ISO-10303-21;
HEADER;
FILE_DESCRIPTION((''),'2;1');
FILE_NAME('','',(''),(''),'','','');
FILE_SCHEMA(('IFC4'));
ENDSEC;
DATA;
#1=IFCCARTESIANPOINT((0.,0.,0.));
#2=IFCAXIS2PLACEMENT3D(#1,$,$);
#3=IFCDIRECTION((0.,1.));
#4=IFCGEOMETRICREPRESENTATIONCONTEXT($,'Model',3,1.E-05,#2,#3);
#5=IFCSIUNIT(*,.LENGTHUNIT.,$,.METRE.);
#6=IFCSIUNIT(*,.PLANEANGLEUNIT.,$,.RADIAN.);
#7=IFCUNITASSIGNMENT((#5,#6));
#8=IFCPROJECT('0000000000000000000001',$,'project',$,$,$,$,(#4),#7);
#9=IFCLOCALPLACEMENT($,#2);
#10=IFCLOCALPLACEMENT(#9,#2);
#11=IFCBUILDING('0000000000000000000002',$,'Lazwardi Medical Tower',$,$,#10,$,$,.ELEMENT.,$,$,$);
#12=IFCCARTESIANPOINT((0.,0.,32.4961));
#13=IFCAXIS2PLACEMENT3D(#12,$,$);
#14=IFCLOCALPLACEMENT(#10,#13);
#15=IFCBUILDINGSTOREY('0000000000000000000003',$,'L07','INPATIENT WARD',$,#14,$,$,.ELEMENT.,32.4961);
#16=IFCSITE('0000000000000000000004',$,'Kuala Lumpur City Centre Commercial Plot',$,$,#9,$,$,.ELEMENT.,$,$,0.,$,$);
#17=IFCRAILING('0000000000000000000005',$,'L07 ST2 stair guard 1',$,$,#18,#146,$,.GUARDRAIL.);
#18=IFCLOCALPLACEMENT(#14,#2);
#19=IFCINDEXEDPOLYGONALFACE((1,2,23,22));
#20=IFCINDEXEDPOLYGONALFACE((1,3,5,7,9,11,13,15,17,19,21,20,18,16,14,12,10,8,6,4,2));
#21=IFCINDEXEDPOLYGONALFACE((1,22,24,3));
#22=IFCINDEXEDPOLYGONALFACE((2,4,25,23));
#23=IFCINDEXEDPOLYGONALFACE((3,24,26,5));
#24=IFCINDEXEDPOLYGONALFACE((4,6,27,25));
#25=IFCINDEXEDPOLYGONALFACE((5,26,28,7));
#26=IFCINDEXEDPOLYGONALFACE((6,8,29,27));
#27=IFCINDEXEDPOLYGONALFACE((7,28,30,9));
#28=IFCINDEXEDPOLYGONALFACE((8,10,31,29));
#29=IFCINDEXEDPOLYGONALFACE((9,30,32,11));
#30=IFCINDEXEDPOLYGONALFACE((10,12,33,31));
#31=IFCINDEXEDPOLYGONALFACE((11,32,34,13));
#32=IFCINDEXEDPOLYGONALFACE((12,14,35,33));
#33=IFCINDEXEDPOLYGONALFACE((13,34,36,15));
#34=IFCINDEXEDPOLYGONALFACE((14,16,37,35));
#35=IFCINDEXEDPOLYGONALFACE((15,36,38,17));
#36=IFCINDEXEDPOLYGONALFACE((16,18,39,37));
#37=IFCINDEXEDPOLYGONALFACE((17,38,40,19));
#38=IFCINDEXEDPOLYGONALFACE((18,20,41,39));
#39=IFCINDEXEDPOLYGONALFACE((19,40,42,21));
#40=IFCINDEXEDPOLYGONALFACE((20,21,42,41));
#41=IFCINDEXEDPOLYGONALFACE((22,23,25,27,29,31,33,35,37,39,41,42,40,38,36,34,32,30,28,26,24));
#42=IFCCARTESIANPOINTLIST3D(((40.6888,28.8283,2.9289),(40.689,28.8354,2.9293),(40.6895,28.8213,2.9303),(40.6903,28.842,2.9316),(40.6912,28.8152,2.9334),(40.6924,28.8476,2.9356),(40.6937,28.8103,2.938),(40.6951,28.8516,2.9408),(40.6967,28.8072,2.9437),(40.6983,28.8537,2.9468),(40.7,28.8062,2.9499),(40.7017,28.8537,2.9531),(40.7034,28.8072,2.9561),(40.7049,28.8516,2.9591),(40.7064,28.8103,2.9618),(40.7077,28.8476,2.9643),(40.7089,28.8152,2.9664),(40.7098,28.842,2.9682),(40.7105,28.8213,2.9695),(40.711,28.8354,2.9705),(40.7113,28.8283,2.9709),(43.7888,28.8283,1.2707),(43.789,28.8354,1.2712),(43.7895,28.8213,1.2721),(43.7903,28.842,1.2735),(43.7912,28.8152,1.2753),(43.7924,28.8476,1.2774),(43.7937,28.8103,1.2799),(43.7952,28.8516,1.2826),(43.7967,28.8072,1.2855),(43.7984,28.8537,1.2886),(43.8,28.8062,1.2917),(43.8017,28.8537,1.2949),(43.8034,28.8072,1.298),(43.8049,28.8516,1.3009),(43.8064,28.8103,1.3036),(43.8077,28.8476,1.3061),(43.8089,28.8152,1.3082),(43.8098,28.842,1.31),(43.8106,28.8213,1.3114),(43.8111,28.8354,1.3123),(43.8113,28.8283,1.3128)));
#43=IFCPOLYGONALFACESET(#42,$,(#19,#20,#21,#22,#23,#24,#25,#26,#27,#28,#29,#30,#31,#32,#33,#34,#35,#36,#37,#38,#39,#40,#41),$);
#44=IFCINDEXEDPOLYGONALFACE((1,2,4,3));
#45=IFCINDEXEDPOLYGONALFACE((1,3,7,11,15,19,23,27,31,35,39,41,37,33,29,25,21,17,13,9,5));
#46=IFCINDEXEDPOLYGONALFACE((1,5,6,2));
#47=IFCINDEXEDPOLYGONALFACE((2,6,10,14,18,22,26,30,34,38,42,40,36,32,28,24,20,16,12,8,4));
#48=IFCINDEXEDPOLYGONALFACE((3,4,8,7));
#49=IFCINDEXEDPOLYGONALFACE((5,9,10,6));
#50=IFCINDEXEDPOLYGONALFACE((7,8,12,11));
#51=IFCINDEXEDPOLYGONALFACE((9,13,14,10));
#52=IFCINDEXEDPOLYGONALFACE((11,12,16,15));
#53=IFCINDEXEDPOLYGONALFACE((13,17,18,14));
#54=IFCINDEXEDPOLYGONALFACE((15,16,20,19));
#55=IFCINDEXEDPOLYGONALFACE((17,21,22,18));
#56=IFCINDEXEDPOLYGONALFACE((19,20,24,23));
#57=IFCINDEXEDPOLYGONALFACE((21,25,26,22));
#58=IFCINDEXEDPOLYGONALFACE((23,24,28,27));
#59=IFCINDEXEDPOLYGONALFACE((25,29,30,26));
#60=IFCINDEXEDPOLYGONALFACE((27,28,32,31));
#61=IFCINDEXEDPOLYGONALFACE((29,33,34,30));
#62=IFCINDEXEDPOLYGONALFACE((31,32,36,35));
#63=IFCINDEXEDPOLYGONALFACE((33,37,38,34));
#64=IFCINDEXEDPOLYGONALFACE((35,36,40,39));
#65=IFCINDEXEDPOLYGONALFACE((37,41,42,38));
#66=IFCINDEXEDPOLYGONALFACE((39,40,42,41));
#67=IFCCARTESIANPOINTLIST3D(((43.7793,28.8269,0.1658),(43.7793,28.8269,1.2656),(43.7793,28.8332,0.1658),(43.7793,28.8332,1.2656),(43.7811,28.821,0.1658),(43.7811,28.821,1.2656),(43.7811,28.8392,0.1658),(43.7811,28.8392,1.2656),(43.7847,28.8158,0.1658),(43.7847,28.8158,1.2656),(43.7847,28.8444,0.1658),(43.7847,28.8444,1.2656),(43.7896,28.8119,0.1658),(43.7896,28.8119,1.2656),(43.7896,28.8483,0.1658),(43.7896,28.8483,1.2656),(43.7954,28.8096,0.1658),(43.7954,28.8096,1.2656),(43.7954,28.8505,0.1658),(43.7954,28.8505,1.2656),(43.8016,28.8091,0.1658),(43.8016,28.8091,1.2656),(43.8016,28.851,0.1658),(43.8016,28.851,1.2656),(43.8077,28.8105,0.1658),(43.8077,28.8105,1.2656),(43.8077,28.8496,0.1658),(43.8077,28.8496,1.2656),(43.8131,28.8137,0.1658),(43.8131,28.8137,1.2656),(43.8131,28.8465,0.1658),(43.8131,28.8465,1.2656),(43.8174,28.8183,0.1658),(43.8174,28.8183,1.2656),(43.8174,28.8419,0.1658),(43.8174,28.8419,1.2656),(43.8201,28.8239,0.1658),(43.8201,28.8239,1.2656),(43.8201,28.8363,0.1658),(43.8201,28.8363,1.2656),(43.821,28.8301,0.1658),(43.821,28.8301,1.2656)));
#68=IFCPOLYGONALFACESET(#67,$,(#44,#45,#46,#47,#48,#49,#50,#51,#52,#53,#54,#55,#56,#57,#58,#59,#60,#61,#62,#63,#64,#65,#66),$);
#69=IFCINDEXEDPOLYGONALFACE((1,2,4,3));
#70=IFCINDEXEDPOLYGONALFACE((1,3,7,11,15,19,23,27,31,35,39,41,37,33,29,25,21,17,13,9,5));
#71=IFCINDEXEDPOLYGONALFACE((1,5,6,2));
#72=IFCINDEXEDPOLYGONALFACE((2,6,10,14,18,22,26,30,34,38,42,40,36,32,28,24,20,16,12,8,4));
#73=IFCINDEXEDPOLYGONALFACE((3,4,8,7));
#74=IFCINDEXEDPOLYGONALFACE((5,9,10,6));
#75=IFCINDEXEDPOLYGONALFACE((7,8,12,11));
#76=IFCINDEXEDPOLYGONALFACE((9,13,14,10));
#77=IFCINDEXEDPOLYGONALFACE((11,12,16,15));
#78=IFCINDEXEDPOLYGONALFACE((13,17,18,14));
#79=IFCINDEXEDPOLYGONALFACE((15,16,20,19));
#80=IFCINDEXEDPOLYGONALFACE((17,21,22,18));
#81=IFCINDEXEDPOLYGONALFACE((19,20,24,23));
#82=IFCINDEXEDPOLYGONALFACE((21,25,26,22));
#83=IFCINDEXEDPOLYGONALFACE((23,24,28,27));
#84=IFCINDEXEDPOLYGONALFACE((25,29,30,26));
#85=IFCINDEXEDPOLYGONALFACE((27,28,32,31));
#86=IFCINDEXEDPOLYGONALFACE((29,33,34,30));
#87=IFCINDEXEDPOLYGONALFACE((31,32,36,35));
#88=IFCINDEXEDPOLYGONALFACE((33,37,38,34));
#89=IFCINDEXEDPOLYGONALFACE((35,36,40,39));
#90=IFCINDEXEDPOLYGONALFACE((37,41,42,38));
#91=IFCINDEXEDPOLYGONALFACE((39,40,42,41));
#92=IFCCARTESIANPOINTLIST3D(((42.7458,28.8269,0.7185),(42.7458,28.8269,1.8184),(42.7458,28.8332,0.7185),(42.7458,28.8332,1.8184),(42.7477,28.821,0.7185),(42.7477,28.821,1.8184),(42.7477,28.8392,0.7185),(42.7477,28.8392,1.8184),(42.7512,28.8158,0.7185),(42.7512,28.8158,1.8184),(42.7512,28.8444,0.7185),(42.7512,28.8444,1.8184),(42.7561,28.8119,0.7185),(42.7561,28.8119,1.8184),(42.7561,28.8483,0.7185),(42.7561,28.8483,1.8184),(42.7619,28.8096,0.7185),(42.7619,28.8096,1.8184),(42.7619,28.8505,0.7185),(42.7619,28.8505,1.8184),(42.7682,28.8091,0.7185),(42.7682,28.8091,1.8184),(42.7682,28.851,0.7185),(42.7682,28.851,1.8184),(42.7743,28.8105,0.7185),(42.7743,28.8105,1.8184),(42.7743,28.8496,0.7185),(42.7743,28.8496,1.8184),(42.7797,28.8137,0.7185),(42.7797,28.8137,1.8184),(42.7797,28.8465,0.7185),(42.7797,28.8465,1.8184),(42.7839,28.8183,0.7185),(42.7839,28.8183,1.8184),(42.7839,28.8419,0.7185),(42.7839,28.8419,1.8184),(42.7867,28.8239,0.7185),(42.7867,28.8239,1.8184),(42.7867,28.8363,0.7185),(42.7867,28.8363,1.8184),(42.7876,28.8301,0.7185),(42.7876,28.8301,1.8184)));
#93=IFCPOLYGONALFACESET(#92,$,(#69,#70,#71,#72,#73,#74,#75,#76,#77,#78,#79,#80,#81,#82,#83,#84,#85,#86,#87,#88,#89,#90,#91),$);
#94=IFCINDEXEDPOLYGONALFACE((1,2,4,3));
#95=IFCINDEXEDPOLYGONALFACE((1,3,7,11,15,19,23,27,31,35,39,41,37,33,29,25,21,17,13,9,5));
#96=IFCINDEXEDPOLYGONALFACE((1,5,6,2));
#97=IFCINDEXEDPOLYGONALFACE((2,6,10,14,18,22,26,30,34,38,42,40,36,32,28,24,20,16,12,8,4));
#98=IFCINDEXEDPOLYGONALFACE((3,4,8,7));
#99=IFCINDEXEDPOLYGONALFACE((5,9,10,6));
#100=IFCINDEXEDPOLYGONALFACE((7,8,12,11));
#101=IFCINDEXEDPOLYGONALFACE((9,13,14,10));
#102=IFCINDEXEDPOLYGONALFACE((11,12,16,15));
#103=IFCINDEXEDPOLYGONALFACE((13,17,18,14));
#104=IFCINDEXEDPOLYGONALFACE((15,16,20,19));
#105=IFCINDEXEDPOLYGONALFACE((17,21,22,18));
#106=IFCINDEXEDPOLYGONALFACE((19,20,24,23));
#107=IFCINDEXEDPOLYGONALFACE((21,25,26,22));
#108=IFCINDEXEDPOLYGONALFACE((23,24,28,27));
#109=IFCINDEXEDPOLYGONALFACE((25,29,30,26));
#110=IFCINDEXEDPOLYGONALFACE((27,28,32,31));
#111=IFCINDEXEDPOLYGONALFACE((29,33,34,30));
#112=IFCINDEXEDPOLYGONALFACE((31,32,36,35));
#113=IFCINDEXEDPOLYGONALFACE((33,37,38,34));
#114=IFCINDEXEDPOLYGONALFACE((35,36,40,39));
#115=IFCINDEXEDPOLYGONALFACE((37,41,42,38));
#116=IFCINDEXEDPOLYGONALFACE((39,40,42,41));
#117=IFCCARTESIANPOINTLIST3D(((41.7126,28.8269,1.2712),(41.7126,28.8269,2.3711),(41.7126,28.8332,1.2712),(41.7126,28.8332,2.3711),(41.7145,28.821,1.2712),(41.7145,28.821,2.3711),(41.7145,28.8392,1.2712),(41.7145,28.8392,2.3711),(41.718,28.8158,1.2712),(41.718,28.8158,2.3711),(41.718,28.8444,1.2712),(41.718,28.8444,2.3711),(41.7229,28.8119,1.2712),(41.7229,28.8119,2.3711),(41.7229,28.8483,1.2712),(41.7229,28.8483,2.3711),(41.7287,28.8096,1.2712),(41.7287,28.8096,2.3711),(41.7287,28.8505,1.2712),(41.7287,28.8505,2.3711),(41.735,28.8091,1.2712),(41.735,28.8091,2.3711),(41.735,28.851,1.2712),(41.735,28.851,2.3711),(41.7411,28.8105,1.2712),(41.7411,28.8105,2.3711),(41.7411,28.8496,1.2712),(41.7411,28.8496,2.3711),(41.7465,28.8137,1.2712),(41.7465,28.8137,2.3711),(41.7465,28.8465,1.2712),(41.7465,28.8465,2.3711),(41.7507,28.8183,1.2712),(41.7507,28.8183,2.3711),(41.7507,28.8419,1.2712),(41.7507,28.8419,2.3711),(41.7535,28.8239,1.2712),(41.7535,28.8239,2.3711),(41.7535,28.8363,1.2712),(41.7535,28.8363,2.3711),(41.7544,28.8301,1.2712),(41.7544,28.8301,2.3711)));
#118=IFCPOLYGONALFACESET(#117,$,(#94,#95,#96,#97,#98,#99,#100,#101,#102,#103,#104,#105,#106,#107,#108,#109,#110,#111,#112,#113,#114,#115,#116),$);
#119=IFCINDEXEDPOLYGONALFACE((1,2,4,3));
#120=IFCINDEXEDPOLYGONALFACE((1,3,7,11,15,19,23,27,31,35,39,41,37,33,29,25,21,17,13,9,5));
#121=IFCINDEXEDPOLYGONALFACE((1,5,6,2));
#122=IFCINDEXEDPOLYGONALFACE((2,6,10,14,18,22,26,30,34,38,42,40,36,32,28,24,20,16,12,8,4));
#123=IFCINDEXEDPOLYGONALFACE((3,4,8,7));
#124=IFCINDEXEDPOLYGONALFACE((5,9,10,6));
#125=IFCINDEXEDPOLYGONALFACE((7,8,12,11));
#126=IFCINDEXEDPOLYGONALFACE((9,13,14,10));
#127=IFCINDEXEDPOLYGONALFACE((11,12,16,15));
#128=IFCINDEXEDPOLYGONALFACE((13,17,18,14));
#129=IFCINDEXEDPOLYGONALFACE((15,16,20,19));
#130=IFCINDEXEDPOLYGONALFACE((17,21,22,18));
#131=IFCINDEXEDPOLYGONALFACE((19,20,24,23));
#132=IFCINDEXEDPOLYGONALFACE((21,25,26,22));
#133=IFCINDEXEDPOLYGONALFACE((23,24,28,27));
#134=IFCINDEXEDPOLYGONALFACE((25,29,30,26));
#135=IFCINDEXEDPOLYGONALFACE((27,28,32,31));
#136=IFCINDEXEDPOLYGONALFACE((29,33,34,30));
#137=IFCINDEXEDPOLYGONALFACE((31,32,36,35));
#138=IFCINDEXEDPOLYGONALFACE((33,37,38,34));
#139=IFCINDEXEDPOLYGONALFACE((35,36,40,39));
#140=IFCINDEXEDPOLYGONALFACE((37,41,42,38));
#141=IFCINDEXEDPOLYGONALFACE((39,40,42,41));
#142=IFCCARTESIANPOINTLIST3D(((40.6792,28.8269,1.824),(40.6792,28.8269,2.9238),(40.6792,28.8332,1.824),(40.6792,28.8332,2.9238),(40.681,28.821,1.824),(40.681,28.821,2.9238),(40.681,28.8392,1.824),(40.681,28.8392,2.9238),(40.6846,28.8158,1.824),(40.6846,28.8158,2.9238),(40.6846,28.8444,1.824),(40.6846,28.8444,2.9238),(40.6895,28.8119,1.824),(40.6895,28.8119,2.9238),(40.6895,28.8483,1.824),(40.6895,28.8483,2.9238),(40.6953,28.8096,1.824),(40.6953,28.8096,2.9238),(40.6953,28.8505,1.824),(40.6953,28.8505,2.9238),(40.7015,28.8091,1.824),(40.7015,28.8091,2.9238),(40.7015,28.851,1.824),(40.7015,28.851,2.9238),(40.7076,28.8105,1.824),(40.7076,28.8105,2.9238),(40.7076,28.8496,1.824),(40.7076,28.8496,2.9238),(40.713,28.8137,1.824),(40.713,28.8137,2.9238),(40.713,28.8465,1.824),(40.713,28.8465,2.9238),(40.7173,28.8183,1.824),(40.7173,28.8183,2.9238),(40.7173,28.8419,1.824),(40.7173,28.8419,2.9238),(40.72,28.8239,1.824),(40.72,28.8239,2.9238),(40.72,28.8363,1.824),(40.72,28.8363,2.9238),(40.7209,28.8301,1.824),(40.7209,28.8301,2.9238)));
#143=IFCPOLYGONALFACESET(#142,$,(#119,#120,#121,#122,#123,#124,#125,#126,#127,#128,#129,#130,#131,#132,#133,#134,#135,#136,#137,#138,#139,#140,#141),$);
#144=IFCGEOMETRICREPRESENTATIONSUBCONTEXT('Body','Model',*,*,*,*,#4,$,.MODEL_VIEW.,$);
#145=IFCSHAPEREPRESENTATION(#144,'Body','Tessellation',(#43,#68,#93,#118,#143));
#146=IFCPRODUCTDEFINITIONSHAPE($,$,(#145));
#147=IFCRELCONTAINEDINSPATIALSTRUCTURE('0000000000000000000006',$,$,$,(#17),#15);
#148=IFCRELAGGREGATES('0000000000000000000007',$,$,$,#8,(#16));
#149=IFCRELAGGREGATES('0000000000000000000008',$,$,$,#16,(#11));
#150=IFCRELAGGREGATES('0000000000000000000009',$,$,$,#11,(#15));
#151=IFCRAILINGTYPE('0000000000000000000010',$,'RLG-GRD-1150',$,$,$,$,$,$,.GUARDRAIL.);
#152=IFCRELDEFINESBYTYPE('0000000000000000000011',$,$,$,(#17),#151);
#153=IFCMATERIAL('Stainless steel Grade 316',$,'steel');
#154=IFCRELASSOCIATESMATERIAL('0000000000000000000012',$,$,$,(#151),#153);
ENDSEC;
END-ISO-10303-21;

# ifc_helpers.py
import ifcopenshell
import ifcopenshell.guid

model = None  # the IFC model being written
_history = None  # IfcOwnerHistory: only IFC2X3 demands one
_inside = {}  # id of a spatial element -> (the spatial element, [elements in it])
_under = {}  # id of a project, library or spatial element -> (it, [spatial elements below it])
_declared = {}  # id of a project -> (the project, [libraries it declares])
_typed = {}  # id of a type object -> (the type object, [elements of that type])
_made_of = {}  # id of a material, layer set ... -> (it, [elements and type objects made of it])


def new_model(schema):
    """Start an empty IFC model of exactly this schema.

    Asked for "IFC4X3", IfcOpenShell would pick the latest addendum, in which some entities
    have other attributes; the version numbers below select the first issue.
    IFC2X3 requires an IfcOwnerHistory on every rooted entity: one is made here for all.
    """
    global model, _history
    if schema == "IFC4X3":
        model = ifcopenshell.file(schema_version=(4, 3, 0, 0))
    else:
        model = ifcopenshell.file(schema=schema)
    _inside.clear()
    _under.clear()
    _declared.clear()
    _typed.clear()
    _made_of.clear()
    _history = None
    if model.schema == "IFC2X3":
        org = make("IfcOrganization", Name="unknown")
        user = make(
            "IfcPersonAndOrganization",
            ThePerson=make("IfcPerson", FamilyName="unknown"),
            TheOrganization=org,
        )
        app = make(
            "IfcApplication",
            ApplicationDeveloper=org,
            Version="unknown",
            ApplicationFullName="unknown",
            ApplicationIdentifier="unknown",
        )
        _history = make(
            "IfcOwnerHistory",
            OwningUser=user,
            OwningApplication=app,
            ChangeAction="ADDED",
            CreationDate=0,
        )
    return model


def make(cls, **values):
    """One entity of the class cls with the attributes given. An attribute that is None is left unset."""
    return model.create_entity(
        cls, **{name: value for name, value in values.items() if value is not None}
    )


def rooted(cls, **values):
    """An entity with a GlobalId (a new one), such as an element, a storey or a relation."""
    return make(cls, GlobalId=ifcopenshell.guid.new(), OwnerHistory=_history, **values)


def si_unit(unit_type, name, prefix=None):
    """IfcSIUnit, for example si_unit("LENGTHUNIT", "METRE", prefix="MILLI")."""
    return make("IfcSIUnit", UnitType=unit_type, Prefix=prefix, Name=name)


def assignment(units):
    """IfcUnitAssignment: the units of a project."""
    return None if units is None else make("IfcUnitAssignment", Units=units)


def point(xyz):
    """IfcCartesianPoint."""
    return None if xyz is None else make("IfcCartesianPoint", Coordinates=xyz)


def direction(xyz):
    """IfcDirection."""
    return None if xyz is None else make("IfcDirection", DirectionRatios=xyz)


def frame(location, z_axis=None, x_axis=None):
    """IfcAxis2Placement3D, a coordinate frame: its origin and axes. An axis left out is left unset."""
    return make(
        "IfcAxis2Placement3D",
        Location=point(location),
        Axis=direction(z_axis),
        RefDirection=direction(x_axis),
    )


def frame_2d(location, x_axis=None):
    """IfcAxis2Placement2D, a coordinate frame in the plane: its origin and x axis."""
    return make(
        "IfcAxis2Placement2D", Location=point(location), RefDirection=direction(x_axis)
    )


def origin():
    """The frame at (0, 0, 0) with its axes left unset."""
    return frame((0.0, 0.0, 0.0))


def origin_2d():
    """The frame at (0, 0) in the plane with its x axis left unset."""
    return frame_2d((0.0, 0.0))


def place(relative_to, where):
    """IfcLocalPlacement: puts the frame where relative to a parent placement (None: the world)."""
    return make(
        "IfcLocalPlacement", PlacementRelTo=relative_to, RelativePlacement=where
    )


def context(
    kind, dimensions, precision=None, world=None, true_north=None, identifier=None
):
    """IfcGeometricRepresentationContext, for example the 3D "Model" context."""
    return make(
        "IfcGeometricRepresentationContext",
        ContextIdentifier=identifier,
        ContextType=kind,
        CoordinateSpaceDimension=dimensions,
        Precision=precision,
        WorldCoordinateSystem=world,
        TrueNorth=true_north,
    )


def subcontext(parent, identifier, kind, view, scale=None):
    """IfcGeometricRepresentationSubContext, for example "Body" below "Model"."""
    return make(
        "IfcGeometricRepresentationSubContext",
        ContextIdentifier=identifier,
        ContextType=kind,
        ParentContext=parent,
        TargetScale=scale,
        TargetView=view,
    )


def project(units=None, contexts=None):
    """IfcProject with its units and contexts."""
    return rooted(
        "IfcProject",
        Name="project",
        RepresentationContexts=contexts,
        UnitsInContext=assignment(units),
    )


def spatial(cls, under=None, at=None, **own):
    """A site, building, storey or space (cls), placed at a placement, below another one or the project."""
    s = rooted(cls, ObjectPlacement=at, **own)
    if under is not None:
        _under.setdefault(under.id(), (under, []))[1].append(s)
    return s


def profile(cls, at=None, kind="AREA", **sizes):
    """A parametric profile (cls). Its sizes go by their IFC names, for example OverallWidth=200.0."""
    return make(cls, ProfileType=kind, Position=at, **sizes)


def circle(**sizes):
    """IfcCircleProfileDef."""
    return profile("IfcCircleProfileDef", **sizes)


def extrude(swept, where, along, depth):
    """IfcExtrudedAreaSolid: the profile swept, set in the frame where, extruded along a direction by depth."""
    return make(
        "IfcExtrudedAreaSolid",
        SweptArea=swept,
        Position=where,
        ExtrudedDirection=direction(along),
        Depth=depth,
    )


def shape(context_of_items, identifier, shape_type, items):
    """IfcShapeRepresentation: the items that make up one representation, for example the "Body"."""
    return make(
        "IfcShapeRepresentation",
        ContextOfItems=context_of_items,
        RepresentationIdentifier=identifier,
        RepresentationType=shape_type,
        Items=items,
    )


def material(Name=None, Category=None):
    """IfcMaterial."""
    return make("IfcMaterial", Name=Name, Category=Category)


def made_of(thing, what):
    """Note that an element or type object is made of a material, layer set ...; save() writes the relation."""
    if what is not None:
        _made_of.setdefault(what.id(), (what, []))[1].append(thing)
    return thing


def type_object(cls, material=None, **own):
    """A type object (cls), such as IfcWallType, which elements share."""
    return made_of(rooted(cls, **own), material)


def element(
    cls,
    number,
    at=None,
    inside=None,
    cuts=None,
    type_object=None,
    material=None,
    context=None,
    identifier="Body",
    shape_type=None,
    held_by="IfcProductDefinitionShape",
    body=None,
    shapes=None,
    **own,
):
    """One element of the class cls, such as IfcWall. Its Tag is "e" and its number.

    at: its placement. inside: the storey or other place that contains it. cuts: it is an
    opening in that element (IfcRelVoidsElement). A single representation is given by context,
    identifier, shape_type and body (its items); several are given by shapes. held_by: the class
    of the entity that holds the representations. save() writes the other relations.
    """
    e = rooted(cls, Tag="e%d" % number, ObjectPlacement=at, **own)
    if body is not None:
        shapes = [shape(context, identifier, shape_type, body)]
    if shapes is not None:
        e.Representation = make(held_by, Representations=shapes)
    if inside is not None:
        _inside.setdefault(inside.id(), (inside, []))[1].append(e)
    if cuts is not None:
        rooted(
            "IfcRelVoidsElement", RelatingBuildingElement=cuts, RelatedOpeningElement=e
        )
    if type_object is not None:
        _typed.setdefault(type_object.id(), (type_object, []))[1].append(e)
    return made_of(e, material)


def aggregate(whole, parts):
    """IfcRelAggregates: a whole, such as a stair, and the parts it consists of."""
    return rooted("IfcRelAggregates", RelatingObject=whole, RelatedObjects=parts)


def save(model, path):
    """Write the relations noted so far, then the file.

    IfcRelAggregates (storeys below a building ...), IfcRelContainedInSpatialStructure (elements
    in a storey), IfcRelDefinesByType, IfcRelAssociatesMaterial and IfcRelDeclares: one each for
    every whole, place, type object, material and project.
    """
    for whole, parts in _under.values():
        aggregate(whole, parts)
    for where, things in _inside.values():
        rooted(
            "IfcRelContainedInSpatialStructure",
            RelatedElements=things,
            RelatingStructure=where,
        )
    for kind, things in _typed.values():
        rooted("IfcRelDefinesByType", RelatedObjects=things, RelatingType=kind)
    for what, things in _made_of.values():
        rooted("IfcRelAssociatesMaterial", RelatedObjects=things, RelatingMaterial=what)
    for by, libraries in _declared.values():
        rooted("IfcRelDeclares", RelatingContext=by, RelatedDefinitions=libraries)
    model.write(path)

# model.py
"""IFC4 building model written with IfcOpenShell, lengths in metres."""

from ifc_helpers import new_model, si_unit, direction, frame, origin, origin_2d, place, context, subcontext, project, spatial, circle, extrude, material, type_object, element, save


model = new_model("IFC4")

# Units and contexts
model_context = context("Model", 3, precision=1e-05, world=origin(), true_north=direction((0.0, 1.0)))
body_context = subcontext(model_context, "Body", "Model", "MODEL_VIEW")
ifc_project = project(units=[si_unit("LENGTHUNIT", "METRE"), si_unit("PLANEANGLEUNIT", "RADIAN")], contexts=[model_context])

# Site, building, storey
site_placement = place(None, origin())
site = spatial("IfcSite", under=ifc_project, at=site_placement, Name="Kuala Lumpur City Centre Commercial Plot", CompositionType="ELEMENT", RefElevation=0.0)
building_placement = place(site_placement, origin())
building = spatial("IfcBuilding", under=site, at=building_placement, Name="Lazwardi Medical Tower", CompositionType="ELEMENT")
storey_placement = place(building_placement, frame((0.0, 0.0, 32.4961)))
storey = spatial("IfcBuildingStorey", under=building, at=storey_placement, Name="L07", Description="INPATIENT WARD", CompositionType="ELEMENT", Elevation=32.4961)

# Railing
ifc_material_1 = material(Name="Stainless steel Grade 316", Category="steel")
railing_type_1 = type_object("IfcRailingType", Name="RLG-GRD-1150", PredefinedType="GUARDRAIL", material=ifc_material_1)
railing_1_placement = place(storey_placement, frame((43.8, 28.8301, 0.1658)))
element("IfcRailing", 1, at=railing_1_placement, inside=storey, type_object=railing_type_1, Name="L07 ST2 stair guard 1", PredefinedType="GUARDRAIL", context=body_context, shape_type="SweptSolid", body=[
    extrude(circle(Radius=0.0239, at=origin_2d()), frame((0.0, 0.0, 1.126), z_axis=(-0.881783, 0.0, 0.471655), x_axis=(0.0, -1.0, 0.0)), (0.0, 0.0, 1.0), 3.5156),
    extrude(circle(Radius=0.021, at=origin_2d()), origin(), (0.0, 0.0, 1.0), 1.0999),
    extrude(circle(Radius=0.021, at=origin_2d()), frame((-1.0334, 0.0, 0.5527)), (0.0, 0.0, 1.0), 1.0999),
    extrude(circle(Radius=0.021, at=origin_2d()), frame((-2.0667, 0.0, 1.1055)), (0.0, 0.0, 1.0), 1.0999),
    extrude(circle(Radius=0.021, at=origin_2d()), frame((-3.1001, 0.0, 1.6582)), (0.0, 0.0, 1.0), 1.0999),
])

save(model, "model.ifc")
